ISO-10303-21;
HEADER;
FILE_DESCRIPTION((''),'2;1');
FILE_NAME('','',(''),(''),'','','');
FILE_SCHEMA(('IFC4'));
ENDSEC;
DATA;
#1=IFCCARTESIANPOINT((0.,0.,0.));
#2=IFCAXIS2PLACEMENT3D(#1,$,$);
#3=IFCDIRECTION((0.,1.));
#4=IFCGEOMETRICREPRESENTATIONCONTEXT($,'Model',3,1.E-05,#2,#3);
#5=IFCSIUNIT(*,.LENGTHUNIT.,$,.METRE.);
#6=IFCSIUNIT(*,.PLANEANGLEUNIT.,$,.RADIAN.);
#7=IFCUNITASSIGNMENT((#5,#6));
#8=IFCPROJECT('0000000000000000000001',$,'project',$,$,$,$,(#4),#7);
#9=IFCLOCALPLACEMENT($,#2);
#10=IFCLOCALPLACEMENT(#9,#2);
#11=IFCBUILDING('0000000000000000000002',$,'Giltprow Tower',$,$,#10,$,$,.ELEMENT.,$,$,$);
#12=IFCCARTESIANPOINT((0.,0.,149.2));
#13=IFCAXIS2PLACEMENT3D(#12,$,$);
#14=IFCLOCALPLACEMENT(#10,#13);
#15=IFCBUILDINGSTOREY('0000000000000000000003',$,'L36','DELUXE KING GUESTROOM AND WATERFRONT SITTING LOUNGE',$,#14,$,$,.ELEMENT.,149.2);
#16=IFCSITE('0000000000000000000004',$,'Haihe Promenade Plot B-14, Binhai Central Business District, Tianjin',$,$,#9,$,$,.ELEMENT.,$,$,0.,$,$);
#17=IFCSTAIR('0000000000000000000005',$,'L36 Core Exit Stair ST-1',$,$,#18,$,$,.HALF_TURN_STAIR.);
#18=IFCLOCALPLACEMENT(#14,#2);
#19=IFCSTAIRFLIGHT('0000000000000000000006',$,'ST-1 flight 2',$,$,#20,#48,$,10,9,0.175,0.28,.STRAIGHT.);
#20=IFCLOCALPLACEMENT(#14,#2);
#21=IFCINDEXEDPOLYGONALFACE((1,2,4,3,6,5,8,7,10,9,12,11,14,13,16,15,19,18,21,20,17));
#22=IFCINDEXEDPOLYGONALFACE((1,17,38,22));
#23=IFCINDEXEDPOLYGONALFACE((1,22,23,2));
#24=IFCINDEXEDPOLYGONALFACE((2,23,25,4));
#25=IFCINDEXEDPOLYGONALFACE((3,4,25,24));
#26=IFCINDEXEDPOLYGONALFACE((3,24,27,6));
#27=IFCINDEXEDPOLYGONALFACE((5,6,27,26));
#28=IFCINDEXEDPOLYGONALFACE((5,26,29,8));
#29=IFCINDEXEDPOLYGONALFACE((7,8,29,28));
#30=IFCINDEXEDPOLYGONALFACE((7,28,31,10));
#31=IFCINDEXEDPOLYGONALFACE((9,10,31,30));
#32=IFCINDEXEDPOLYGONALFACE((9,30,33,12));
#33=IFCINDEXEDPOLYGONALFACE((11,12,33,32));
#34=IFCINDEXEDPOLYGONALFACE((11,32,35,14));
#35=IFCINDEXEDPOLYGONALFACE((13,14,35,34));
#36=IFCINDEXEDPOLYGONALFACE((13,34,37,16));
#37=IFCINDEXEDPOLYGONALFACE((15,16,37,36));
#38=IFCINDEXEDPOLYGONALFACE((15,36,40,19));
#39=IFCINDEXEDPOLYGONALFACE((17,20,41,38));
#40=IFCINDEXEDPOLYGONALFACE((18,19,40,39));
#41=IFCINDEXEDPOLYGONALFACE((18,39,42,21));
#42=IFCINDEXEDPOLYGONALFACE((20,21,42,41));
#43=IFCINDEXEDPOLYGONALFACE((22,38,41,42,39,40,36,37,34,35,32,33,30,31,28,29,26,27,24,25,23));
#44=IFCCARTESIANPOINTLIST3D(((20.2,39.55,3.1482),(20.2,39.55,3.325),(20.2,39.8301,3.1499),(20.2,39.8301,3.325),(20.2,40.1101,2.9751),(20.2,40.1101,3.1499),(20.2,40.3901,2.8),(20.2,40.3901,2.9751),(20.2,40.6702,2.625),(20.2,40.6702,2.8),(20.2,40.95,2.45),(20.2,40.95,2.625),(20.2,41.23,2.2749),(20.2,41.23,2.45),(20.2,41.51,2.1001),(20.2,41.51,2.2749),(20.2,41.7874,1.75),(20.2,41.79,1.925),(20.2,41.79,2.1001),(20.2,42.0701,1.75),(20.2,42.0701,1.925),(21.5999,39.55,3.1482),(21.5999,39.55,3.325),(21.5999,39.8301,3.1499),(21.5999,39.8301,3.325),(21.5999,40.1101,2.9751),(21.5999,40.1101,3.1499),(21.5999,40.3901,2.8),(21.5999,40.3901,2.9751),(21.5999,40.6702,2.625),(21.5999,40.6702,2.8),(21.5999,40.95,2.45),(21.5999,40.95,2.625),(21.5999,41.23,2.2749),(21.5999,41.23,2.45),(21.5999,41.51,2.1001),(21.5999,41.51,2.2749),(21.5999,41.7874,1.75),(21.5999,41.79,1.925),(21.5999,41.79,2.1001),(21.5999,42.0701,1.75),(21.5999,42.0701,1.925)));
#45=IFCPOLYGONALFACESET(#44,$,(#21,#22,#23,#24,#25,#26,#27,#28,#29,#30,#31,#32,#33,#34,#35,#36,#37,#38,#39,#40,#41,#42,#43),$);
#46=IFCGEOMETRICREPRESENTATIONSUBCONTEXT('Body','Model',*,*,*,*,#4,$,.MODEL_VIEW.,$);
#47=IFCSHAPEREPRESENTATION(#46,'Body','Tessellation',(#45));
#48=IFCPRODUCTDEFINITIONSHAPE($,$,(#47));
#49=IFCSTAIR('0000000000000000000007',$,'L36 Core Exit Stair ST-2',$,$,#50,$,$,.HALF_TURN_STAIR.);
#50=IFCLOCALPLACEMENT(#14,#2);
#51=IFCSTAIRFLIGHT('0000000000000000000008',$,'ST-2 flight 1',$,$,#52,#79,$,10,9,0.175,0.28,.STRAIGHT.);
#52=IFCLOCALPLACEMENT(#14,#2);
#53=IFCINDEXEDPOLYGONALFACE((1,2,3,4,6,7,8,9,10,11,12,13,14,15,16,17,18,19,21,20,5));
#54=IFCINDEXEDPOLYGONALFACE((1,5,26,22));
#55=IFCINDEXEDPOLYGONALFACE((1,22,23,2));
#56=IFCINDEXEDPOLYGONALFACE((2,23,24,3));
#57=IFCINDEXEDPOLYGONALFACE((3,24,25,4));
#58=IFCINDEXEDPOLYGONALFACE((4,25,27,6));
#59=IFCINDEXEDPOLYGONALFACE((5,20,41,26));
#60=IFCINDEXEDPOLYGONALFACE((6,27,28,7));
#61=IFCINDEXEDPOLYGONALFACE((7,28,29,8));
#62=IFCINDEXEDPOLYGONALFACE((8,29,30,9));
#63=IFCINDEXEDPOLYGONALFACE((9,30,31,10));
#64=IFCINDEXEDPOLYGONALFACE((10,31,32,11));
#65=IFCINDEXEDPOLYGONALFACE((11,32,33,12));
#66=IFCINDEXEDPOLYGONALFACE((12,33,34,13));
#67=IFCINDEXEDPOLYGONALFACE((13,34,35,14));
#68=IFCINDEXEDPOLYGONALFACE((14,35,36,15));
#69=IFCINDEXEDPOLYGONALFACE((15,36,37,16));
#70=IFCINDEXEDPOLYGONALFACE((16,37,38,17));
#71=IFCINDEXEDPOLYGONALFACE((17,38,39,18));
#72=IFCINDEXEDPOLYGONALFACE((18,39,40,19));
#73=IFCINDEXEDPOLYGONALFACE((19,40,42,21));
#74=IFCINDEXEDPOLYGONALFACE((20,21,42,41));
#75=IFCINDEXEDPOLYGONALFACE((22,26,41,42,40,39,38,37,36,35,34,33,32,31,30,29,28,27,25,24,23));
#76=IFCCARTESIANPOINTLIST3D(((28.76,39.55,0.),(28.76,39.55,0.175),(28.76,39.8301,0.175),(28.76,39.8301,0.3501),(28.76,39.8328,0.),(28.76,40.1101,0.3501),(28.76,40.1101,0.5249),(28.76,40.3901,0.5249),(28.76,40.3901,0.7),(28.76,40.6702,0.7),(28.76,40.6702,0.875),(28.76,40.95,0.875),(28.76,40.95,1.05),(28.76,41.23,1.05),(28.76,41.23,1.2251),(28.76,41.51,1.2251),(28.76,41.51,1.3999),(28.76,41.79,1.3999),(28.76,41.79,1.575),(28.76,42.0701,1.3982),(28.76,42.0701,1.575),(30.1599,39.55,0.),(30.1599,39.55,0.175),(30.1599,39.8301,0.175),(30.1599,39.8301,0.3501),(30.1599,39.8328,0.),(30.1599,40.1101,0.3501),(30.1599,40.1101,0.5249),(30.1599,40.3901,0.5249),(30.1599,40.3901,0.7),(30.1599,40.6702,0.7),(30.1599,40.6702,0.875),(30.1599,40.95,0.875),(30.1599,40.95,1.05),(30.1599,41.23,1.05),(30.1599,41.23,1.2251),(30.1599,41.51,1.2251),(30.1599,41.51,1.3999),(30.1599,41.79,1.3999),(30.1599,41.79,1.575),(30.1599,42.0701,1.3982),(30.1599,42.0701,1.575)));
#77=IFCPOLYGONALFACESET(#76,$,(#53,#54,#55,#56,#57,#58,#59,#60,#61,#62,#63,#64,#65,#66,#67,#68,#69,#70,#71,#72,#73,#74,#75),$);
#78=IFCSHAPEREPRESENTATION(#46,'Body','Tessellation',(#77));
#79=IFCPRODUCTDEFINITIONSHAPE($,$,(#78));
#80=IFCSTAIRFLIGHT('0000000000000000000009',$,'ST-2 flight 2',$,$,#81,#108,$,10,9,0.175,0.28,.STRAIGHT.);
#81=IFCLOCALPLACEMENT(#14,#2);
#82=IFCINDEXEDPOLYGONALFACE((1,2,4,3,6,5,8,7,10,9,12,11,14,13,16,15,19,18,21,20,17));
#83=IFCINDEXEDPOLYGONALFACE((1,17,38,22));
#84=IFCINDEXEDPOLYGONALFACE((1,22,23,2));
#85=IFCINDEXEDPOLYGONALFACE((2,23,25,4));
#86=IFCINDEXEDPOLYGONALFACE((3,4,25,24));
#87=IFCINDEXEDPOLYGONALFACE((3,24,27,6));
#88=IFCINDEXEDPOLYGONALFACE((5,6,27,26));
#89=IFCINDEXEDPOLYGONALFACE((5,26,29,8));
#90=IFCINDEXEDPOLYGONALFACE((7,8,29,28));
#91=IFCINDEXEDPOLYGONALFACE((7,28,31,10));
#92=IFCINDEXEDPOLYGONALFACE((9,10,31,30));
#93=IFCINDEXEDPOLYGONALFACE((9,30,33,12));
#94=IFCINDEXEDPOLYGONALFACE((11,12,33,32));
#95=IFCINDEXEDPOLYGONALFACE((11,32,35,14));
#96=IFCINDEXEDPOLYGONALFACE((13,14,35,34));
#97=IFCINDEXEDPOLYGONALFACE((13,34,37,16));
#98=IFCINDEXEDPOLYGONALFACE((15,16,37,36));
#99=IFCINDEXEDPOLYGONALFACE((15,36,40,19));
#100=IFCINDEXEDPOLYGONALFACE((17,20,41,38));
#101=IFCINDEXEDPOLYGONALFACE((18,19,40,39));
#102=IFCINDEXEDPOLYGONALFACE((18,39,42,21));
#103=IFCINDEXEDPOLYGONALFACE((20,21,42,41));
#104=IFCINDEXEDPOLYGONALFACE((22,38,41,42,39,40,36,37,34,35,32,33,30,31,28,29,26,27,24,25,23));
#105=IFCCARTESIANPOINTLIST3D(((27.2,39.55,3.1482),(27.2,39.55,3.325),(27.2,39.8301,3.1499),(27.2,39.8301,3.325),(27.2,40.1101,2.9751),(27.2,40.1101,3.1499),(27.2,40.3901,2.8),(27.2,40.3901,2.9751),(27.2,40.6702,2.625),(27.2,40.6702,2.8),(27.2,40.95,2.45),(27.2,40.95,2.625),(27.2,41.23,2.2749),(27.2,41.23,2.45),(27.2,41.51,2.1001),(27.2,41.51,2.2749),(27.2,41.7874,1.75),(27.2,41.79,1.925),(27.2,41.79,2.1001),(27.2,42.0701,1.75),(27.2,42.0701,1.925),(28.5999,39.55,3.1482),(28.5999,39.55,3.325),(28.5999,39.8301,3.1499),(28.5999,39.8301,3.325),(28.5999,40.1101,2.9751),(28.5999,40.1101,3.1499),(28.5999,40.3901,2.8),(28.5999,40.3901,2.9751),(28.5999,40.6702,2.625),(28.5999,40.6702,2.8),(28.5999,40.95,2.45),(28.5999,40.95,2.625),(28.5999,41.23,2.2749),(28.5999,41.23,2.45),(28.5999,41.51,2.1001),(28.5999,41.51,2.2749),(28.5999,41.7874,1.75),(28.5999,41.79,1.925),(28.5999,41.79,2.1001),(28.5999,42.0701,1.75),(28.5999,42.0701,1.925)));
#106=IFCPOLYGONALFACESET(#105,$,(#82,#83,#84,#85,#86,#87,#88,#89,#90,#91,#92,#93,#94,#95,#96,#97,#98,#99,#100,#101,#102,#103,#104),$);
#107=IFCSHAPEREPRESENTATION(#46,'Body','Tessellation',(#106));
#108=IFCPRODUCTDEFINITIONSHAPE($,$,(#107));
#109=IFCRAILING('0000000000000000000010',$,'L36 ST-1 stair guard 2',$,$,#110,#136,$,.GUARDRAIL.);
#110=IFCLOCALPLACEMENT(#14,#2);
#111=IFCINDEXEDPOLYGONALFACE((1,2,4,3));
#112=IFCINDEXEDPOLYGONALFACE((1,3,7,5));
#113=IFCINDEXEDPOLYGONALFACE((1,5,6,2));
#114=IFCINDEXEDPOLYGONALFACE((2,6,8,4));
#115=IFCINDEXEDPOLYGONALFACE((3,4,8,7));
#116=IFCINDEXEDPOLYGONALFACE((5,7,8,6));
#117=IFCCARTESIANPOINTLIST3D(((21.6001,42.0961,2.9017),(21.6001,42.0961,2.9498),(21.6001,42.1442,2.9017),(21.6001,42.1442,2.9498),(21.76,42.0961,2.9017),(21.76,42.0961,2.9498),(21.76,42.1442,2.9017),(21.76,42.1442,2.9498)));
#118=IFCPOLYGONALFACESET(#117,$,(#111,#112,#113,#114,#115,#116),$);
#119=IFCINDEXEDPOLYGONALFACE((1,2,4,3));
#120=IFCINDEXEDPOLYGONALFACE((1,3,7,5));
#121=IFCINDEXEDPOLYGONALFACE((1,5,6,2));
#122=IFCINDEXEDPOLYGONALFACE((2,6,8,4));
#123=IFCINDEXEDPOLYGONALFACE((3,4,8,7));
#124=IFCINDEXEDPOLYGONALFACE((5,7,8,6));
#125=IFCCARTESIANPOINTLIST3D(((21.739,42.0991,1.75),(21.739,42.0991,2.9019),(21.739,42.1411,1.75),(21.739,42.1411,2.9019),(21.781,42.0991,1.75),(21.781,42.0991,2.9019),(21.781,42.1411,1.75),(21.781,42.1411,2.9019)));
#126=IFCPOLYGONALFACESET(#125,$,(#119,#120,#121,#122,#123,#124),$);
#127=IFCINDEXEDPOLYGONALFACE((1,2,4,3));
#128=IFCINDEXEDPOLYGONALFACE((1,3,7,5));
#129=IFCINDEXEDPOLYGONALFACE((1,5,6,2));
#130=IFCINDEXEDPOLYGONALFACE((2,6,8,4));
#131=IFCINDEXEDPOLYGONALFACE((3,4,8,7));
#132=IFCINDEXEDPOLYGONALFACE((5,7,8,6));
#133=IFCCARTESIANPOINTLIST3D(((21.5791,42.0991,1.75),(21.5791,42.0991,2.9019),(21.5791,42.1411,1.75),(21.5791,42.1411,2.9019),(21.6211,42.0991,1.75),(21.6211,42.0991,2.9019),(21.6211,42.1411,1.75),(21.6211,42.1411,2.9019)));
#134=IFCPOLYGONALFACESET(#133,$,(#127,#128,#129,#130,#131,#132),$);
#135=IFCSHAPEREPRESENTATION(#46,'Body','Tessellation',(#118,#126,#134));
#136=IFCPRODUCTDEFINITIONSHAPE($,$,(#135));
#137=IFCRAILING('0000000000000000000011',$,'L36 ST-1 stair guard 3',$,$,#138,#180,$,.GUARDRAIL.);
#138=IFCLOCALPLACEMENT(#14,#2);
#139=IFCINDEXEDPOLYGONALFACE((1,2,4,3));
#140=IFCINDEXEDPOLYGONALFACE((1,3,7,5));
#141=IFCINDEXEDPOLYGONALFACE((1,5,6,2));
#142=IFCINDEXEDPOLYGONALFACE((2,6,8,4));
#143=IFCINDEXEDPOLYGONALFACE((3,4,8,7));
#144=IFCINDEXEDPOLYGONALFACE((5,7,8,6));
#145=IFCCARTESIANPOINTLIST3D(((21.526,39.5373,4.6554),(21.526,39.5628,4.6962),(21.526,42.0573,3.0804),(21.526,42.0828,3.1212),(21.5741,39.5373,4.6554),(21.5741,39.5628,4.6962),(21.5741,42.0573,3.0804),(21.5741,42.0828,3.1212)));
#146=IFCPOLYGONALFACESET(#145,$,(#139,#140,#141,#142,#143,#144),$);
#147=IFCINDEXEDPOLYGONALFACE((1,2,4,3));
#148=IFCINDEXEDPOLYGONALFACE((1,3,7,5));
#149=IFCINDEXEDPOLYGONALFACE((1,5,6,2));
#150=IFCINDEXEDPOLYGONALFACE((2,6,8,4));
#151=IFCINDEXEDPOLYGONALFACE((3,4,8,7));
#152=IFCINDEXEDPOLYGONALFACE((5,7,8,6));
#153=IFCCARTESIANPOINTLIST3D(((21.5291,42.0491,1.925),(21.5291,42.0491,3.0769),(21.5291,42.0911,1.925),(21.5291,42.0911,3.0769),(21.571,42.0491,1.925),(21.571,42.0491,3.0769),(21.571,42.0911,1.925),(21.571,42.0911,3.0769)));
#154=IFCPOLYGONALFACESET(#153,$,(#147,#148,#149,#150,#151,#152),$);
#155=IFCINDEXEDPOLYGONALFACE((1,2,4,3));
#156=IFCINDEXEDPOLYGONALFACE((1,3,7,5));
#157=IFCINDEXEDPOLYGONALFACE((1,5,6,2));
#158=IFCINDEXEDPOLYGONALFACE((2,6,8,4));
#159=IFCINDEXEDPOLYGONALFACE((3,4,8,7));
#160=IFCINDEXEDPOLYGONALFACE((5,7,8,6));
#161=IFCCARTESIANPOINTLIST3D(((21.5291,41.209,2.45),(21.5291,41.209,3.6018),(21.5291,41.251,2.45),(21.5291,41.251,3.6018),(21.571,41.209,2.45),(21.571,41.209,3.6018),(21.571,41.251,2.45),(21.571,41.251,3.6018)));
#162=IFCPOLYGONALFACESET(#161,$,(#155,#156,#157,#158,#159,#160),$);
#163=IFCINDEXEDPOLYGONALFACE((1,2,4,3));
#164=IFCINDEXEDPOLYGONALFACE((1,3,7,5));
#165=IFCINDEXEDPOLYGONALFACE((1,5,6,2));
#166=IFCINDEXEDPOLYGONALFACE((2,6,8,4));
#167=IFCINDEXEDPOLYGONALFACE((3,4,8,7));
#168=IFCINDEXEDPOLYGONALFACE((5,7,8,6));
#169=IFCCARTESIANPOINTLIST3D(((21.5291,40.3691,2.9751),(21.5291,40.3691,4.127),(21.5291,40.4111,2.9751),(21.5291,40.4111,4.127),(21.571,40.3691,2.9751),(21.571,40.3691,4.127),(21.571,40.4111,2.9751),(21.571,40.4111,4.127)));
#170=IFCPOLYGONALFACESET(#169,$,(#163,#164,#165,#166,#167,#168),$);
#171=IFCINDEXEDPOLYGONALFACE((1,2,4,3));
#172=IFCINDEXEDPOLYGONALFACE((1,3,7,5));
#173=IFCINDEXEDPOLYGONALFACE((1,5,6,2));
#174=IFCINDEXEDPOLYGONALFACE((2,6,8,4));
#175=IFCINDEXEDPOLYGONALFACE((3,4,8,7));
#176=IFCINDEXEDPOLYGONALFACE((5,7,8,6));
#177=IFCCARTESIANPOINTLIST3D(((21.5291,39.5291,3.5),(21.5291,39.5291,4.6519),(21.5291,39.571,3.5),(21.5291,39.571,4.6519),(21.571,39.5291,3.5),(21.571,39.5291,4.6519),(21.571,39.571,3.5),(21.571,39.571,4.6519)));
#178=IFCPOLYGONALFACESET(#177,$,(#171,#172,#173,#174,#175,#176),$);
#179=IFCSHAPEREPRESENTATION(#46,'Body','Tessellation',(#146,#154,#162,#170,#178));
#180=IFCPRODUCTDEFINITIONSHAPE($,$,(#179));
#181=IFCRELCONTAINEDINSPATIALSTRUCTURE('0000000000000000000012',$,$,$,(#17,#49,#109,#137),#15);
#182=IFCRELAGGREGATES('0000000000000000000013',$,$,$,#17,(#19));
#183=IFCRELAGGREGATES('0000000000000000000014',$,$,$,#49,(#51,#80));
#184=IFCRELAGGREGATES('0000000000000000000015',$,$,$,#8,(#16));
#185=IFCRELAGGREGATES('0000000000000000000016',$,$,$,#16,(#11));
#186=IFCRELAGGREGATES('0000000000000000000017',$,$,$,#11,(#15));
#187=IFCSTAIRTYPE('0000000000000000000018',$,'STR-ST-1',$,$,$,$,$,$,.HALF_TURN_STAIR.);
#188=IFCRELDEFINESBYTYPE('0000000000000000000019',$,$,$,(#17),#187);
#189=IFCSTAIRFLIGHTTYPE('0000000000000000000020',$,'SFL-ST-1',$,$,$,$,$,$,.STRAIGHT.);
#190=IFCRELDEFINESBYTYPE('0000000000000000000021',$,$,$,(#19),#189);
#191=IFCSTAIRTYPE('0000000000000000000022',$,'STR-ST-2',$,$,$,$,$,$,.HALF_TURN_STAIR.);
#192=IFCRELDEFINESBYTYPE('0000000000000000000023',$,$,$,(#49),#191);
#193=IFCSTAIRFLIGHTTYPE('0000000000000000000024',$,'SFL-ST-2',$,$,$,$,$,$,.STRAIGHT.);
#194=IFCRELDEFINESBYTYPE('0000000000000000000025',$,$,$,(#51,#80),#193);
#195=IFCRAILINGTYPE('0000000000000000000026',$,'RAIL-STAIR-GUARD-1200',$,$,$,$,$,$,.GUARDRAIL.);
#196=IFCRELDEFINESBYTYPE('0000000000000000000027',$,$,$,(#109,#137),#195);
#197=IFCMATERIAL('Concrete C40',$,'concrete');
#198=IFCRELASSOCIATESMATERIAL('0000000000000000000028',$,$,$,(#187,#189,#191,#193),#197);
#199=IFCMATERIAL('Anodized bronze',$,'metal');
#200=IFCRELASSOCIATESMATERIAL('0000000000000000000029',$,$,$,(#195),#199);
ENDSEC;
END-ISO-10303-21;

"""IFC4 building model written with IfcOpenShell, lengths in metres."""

from ifc_helpers import new_model, si_unit, direction, frame, origin, origin_2d, place, context, subcontext, project, spatial, polyline, rectangle, outline, extrude, material, type_object, element, aggregate, save


model = new_model("IFC4")

# Units and contexts
model_context = context("Model", 3, precision=1e-05, world=origin(), true_north=direction((0.0, 1.0)))
body_context = subcontext(model_context, "Body", "Model", "MODEL_VIEW")
ifc_project = project(units=[si_unit("LENGTHUNIT", "METRE"), si_unit("PLANEANGLEUNIT", "RADIAN")], contexts=[model_context])

# Site, building, storey
site_placement = place(None, origin())
site = spatial("IfcSite", under=ifc_project, at=site_placement, Name="Haihe Promenade Plot B-14, Binhai Central Business District, Tianjin", CompositionType="ELEMENT", RefElevation=0.0)
building_placement = place(site_placement, origin())
building = spatial("IfcBuilding", under=site, at=building_placement, Name="Giltprow Tower", CompositionType="ELEMENT")
storey_placement = place(building_placement, frame((0.0, 0.0, 149.2)))
storey = spatial("IfcBuildingStorey", under=building, at=storey_placement, Name="L36", Description="DELUXE KING GUESTROOM AND WATERFRONT SITTING LOUNGE", CompositionType="ELEMENT", Elevation=149.2)

# Shared definitions
ifc_material_1 = material(Name="Concrete C40", Category="concrete")

# Stair, stair flight
stair_type_1 = type_object("IfcStairType", Name="STR-ST-1", PredefinedType="HALF_TURN_STAIR", material=ifc_material_1)
stair_1_placement = place(storey_placement, origin())
stair_1 = element("IfcStair", 1, at=stair_1_placement, inside=storey, type_object=stair_type_1, Name="L36 Core Exit Stair ST-1", PredefinedType="HALF_TURN_STAIR")
stair_flight_type_1 = type_object("IfcStairFlightType", Name="SFL-ST-1", PredefinedType="STRAIGHT", material=ifc_material_1)
stair_flight_1_placement = place(storey_placement, frame((20.8999, 42.0701, 1.75), z_axis=(0.0, 0.0, 1.0), x_axis=(0.0, -1.0, 0.0)))
stair_flight_1 = element("IfcStairFlight", 2, at=stair_flight_1_placement, type_object=stair_flight_type_1, Name="ST-1 flight 2", NumberOfRisers=10, NumberOfTreads=9, PredefinedType="STRAIGHT", RiserHeight=0.175, TreadLength=0.28, context=body_context, shape_type="SweptSolid", body=[
    extrude(outline(polyline([(0.0, 0.0), (0.0, 0.175), (0.28, 0.175), (0.28, 0.3501), (0.5601, 0.3501), (0.5601, 0.5249), (0.8401, 0.5249), (0.8401, 0.7), (1.1201, 0.7), (1.1201, 0.875), (1.3999, 0.875), (1.3999, 1.05), (1.6799, 1.05), (1.6799, 1.2251), (1.96, 1.2251), (1.96, 1.3999), (2.24, 1.3999), (2.24, 1.575), (2.52, 1.575), (2.52, 1.75), (2.52, 1.3982), (0.2827, 0.0), (0.0, 0.0)])), frame((0.0, 0.7, 0.0), z_axis=(0.0, -1.0, 0.0), x_axis=(1.0, 0.0, 0.0)), (0.0, 0.0, 1.0), 1.3999),
])
aggregate(stair_1, [stair_flight_1])

# Stair, stair flights
stair_type_2 = type_object("IfcStairType", Name="STR-ST-2", PredefinedType="HALF_TURN_STAIR", material=ifc_material_1)
stair_2_placement = place(storey_placement, origin())
stair_2 = element("IfcStair", 3, at=stair_2_placement, inside=storey, type_object=stair_type_2, Name="L36 Core Exit Stair ST-2", PredefinedType="HALF_TURN_STAIR")
stair_flight_type_2 = type_object("IfcStairFlightType", Name="SFL-ST-2", PredefinedType="STRAIGHT", material=ifc_material_1)
stair_flight_2_placement = place(storey_placement, frame((29.46, 39.55, 0.0), z_axis=(0.0, 0.0, 1.0), x_axis=(0.0, 1.0, 0.0)))
stair_flight_2 = element("IfcStairFlight", 4, at=stair_flight_2_placement, type_object=stair_flight_type_2, Name="ST-2 flight 1", NumberOfRisers=10, NumberOfTreads=9, PredefinedType="STRAIGHT", RiserHeight=0.175, TreadLength=0.28, context=body_context, shape_type="SweptSolid", body=[
    extrude(outline(polyline([(0.0, 0.0), (0.0, 0.175), (0.28, 0.175), (0.28, 0.3501), (0.5601, 0.3501), (0.5601, 0.5249), (0.8401, 0.5249), (0.8401, 0.7), (1.1201, 0.7), (1.1201, 0.875), (1.3999, 0.875), (1.3999, 1.05), (1.6799, 1.05), (1.6799, 1.2251), (1.96, 1.2251), (1.96, 1.3999), (2.24, 1.3999), (2.24, 1.575), (2.52, 1.575), (2.52, 1.75), (2.52, 1.3982), (0.2827, 0.0), (0.0, 0.0)])), frame((0.0, 0.7, 0.0), z_axis=(0.0, -1.0, 0.0), x_axis=(1.0, 0.0, 0.0)), (0.0, 0.0, 1.0), 1.3999),
])
stair_flight_3_placement = place(storey_placement, frame((27.8999, 42.0701, 1.75), z_axis=(0.0, 0.0, 1.0), x_axis=(0.0, -1.0, 0.0)))
stair_flight_3 = element("IfcStairFlight", 5, at=stair_flight_3_placement, type_object=stair_flight_type_2, Name="ST-2 flight 2", NumberOfRisers=10, NumberOfTreads=9, PredefinedType="STRAIGHT", RiserHeight=0.175, TreadLength=0.28, context=body_context, shape_type="SweptSolid", body=[
    extrude(outline(polyline([(0.0, 0.0), (0.0, 0.175), (0.28, 0.175), (0.28, 0.3501), (0.5601, 0.3501), (0.5601, 0.5249), (0.8401, 0.5249), (0.8401, 0.7), (1.1201, 0.7), (1.1201, 0.875), (1.3999, 0.875), (1.3999, 1.05), (1.6799, 1.05), (1.6799, 1.2251), (1.96, 1.2251), (1.96, 1.3999), (2.24, 1.3999), (2.24, 1.575), (2.52, 1.575), (2.52, 1.75), (2.52, 1.3982), (0.2827, 0.0), (0.0, 0.0)])), frame((0.0, 0.7, 0.0), z_axis=(0.0, -1.0, 0.0), x_axis=(1.0, 0.0, 0.0)), (0.0, 0.0, 1.0), 1.3999),
])
aggregate(stair_2, [stair_flight_2, stair_flight_3])

# Railings
ifc_material_2 = material(Name="Anodized bronze", Category="metal")
railing_type_1 = type_object("IfcRailingType", Name="RAIL-STAIR-GUARD-1200", PredefinedType="GUARDRAIL", material=ifc_material_2)
railing_1_placement = place(storey_placement, frame((21.76, 42.1201, 1.75)))
element("IfcRailing", 6, at=railing_1_placement, inside=storey, type_object=railing_type_1, Name="L36 ST-1 stair guard 2", PredefinedType="GUARDRAIL", context=body_context, shape_type="SweptSolid", body=[
    extrude(rectangle(XDim=0.0481, YDim=0.0481, at=origin_2d()), frame((0.0, 0.0, 1.1758), z_axis=(-1.0, 0.0, 0.0), x_axis=(0.0, -1.0, 0.0)), (0.0, 0.0, 1.0), 0.1599),
    extrude(rectangle(XDim=0.042, YDim=0.042, at=origin_2d()), origin(), (0.0, 0.0, 1.0), 1.1519),
    extrude(rectangle(XDim=0.042, YDim=0.042, at=origin_2d()), frame((-0.1599, 0.0, 0.0)), (0.0, 0.0, 1.0), 1.1519),
])
railing_2_placement = place(storey_placement, frame((21.55, 42.0701, 1.925)))
element("IfcRailing", 7, at=railing_2_placement, inside=storey, type_object=railing_type_1, Name="L36 ST-1 stair guard 3", PredefinedType="GUARDRAIL", context=body_context, shape_type="SweptSolid", body=[
    extrude(rectangle(XDim=0.0481, YDim=0.0481, at=origin_2d()), frame((0.0, 0.0, 1.1758), z_axis=(0.0, -0.848008, 0.529984), x_axis=(1.0, 0.0, 0.0)), (0.0, 0.0, 1.0), 2.9717),
    extrude(rectangle(XDim=0.042, YDim=0.042, at=origin_2d()), origin(), (0.0, 0.0, 1.0), 1.1519),
    extrude(rectangle(XDim=0.042, YDim=0.042, at=origin_2d()), frame((0.0, -0.8401, 0.5249)), (0.0, 0.0, 1.0), 1.1519),
    extrude(rectangle(XDim=0.042, YDim=0.042, at=origin_2d()), frame((0.0, -1.6799, 1.05)), (0.0, 0.0, 1.0), 1.1519),
    extrude(rectangle(XDim=0.042, YDim=0.042, at=origin_2d()), frame((0.0, -2.52, 1.575)), (0.0, 0.0, 1.0), 1.1519),
])

save(model, "model.ifc")
